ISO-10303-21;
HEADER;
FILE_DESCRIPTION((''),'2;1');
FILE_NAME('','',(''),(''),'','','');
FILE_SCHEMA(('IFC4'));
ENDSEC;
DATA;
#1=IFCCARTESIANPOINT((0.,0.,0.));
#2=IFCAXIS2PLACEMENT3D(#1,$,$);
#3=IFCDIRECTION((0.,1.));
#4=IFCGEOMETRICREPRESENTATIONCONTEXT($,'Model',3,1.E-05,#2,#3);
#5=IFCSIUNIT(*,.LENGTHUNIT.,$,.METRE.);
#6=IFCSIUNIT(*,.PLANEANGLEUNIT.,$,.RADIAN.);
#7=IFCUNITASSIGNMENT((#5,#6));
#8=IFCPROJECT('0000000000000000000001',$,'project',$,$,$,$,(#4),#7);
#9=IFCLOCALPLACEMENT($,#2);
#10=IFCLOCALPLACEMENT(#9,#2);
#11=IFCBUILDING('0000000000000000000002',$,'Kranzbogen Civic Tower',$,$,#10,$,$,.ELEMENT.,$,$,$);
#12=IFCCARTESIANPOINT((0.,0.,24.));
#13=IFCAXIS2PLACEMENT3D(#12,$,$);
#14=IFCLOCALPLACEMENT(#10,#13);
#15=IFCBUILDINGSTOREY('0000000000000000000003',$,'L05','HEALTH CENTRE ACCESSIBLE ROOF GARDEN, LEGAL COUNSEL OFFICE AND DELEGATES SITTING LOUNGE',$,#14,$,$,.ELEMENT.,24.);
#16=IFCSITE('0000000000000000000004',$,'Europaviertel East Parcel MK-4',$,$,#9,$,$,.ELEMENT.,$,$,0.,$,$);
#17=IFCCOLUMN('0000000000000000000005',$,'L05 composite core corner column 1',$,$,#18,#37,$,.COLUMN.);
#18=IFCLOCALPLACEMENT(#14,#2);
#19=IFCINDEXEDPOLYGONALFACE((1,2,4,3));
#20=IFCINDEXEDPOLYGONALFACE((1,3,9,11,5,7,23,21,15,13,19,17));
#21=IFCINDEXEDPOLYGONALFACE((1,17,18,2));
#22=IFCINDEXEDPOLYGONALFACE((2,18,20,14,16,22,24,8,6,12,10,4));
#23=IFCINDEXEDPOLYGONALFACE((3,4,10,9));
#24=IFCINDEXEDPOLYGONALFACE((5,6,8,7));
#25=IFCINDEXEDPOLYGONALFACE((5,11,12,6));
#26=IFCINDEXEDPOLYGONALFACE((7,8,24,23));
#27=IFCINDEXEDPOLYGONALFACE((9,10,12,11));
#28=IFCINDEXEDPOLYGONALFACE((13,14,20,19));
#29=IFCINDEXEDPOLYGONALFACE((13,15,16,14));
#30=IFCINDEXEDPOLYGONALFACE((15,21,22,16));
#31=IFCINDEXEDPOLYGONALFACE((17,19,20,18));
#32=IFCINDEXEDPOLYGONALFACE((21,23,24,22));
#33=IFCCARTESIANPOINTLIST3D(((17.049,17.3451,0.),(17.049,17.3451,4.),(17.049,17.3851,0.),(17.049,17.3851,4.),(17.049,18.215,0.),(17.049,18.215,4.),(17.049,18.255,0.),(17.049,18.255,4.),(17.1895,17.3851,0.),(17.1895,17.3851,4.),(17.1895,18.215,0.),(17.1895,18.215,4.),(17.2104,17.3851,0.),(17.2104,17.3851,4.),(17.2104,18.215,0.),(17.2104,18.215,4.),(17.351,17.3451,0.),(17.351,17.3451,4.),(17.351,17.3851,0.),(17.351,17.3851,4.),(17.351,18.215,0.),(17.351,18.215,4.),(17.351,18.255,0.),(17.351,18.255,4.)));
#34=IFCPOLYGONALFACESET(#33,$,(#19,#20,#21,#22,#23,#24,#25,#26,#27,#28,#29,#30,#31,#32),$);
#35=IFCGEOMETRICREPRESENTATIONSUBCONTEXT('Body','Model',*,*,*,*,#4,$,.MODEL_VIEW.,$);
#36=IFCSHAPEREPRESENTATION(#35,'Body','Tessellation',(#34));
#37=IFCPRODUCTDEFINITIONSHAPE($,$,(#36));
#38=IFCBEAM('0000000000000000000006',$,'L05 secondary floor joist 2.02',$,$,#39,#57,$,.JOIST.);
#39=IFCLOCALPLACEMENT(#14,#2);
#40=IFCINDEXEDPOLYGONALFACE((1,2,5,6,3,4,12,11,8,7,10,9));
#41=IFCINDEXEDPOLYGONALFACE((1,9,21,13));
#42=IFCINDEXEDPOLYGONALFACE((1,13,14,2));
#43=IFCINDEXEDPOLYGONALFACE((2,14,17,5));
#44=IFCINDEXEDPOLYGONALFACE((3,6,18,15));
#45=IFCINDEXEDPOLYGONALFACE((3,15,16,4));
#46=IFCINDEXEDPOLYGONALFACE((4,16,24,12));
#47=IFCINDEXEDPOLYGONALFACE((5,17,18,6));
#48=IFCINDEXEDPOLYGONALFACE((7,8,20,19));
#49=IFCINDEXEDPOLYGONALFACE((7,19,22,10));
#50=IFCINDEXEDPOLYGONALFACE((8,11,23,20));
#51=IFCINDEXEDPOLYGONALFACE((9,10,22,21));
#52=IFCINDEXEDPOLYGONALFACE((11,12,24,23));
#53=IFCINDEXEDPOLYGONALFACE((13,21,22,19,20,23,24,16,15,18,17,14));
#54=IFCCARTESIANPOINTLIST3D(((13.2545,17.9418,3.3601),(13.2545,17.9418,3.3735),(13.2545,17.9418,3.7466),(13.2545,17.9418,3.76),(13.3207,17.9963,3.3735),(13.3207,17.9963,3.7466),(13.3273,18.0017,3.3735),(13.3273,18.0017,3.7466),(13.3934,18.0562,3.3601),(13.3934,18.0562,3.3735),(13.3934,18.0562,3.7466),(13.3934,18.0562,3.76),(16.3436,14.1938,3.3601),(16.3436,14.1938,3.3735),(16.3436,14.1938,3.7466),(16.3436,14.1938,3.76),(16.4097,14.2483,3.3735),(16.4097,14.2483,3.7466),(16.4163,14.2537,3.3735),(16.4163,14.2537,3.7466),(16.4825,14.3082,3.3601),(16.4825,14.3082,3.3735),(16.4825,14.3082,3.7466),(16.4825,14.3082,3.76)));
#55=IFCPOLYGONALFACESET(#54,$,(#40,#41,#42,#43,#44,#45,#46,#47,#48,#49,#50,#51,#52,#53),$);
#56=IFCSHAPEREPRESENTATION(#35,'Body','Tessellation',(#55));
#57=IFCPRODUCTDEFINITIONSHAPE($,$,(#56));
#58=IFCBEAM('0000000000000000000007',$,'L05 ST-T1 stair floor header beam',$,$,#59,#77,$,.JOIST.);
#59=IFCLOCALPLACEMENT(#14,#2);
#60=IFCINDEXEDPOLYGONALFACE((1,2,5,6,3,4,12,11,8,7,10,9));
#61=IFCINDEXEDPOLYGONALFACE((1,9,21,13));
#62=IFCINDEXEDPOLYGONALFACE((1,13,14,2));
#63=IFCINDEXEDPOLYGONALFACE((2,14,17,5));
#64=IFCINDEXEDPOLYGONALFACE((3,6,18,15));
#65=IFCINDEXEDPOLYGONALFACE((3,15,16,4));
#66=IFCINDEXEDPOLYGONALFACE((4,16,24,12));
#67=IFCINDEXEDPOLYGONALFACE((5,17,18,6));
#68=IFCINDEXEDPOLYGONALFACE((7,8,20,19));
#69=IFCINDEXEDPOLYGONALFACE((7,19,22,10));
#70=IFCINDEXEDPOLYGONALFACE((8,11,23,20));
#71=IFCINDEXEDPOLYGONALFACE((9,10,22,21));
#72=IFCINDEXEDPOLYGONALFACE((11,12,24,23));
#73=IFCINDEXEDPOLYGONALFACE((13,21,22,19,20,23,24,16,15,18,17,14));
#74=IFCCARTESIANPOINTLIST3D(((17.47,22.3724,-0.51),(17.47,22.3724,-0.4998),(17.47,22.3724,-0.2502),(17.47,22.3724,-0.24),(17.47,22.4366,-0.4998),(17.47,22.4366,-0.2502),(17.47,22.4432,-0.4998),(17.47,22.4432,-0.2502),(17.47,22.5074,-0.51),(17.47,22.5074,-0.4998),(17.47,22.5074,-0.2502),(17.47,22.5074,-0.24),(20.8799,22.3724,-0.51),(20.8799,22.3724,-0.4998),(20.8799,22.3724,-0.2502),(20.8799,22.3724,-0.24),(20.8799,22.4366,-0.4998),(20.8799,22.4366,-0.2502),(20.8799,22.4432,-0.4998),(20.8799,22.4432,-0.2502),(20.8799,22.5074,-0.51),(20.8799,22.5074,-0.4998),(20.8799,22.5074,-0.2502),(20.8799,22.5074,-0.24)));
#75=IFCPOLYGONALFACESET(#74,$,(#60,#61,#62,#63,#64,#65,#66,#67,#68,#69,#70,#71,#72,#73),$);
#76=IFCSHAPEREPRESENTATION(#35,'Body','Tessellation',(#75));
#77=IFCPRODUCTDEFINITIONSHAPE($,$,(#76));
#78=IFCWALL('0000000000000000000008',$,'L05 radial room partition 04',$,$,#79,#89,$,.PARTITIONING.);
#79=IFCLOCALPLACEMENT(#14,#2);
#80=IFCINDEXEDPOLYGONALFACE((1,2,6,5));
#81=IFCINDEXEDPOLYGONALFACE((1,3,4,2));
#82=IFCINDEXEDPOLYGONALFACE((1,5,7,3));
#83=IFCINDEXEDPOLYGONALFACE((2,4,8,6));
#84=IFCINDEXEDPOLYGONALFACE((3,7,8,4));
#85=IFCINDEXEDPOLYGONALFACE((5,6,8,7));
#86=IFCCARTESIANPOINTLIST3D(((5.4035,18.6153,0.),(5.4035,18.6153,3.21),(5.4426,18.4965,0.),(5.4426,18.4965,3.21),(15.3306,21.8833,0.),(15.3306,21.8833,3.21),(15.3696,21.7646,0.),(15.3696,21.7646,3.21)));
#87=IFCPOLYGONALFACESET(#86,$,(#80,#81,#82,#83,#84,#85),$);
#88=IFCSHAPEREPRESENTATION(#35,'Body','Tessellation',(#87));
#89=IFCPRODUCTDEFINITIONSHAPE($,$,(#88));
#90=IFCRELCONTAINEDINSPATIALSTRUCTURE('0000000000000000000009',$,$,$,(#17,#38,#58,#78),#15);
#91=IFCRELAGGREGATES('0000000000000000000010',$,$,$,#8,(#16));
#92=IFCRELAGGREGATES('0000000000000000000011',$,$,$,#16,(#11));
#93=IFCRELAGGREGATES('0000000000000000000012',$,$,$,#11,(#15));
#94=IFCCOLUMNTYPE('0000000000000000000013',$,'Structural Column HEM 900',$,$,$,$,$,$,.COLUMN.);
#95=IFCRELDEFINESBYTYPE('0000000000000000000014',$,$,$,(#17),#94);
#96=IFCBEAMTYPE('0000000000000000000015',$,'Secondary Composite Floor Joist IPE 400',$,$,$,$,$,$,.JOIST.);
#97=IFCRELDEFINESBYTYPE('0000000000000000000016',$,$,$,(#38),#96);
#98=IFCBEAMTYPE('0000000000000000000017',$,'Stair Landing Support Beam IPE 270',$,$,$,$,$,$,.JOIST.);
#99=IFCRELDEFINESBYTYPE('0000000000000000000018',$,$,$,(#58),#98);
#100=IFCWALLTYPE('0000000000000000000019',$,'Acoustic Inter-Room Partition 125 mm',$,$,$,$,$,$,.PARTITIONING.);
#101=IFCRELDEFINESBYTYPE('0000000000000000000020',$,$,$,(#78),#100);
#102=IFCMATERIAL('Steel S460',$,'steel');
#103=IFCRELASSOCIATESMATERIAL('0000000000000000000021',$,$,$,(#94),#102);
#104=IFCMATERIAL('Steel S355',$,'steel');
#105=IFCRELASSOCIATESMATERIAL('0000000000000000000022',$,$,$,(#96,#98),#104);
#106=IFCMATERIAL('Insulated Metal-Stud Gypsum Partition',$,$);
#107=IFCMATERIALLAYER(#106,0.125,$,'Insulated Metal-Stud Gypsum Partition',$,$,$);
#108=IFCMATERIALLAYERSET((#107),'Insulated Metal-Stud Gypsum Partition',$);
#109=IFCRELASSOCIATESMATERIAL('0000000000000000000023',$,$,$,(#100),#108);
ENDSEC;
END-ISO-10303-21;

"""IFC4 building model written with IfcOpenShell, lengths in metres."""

from ifc_helpers import new_model, si_unit, direction, frame, frame_2d, origin, origin_2d, place, context, subcontext, project, spatial, rectangle, i_section, extrude, material, layer, layer_set, material_profile, profile_set, type_object, element, save


model = new_model("IFC4")

# Units and contexts
model_context = context("Model", 3, precision=1e-05, world=origin(), true_north=direction((0.0, 1.0)))
body_context = subcontext(model_context, "Body", "Model", "MODEL_VIEW")
ifc_project = project(units=[si_unit("LENGTHUNIT", "METRE"), si_unit("PLANEANGLEUNIT", "RADIAN")], contexts=[model_context])

# Site, building, storey
site_placement = place(None, origin())
site = spatial("IfcSite", under=ifc_project, at=site_placement, Name="Europaviertel East Parcel MK-4", CompositionType="ELEMENT", RefElevation=0.0)
building_placement = place(site_placement, origin())
building = spatial("IfcBuilding", under=site, at=building_placement, Name="Kranzbogen Civic Tower", CompositionType="ELEMENT")
storey_placement = place(building_placement, frame((0.0, 0.0, 24.0)))
storey = spatial("IfcBuildingStorey", under=building, at=storey_placement, Name="L05", Description="HEALTH CENTRE ACCESSIBLE ROOF GARDEN, LEGAL COUNSEL OFFICE AND DELEGATES SITTING LOUNGE", CompositionType="ELEMENT", Elevation=24.0)

# Column
ifc_material_1 = material(Name="Steel S460", Category="steel")
ifc_material_profile_1 = material_profile(ifc_material_1, i_section(OverallWidth=0.302, OverallDepth=0.9099, WebThickness=0.021, FlangeThickness=0.04, at=origin_2d()), Name="HEM 900")
ifc_profile_set_1 = profile_set([ifc_material_profile_1], Name="Steel S460")
column_type = type_object("IfcColumnType", Name="Structural Column HEM 900", PredefinedType="COLUMN", material=ifc_profile_set_1)
column_placement = place(storey_placement, frame((17.2, 17.8, 0.0), z_axis=(0.0, 0.0, 1.0), x_axis=(1.0, 0.0, 0.0)))
element("IfcColumn", 1, at=column_placement, inside=storey, type_object=column_type, Name="L05 composite core corner column 1", PredefinedType="COLUMN", context=body_context, shape_type="SweptSolid", body=[
    extrude(i_section(OverallWidth=0.302, OverallDepth=0.9099, WebThickness=0.021, FlangeThickness=0.04, at=origin_2d()), origin(), (0.0, 0.0, 1.0), 4.0),
])

# Beams
ifc_material_2 = material(Name="Steel S355", Category="steel")
ifc_material_profile_2 = material_profile(ifc_material_2, i_section(OverallWidth=0.1799, OverallDepth=0.3999, WebThickness=0.0085, FlangeThickness=0.0134, at=origin_2d()), Name="IPE 400")
ifc_profile_set_2 = profile_set([ifc_material_profile_2], Name="Steel S355")
beam_type_1 = type_object("IfcBeamType", Name="Secondary Composite Floor Joist IPE 400", PredefinedType="JOIST", material=ifc_profile_set_2)
beam_1_placement = place(storey_placement, frame((13.324, 17.999, 3.5601), z_axis=(0.636012, -0.771679, 0.0), x_axis=(0.771679, 0.636012, 0.0)))
element("IfcBeam", 2, at=beam_1_placement, inside=storey, type_object=beam_type_1, Name="L05 secondary floor joist 2.02", PredefinedType="JOIST", context=body_context, shape_type="SweptSolid", body=[
    extrude(i_section(OverallWidth=0.1799, OverallDepth=0.3999, WebThickness=0.0085, FlangeThickness=0.0134, at=origin_2d()), origin(), (0.0, 0.0, 1.0), 4.8569),
])
ifc_material_profile_3 = material_profile(ifc_material_2, i_section(OverallWidth=0.135, OverallDepth=0.27, WebThickness=0.0066, FlangeThickness=0.0103, at=origin_2d()), Name="IPE 270")
ifc_profile_set_3 = profile_set([ifc_material_profile_3], Name="Steel S355")
beam_type_2 = type_object("IfcBeamType", Name="Stair Landing Support Beam IPE 270", PredefinedType="JOIST", material=ifc_profile_set_3)
beam_2_placement = place(storey_placement, frame((20.8799, 22.4399, -0.375), z_axis=(-1.0, 0.0, 0.0), x_axis=(0.0, -1.0, 0.0)))
element("IfcBeam", 3, at=beam_2_placement, inside=storey, type_object=beam_type_2, Name="L05 ST-T1 stair floor header beam", PredefinedType="JOIST", context=body_context, shape_type="SweptSolid", body=[
    extrude(i_section(OverallWidth=0.135, OverallDepth=0.27, WebThickness=0.0066, FlangeThickness=0.0103, at=origin_2d()), origin(), (0.0, 0.0, 1.0), 3.4099),
])

# Wall
ifc_material_3 = material(Name="Insulated Metal-Stud Gypsum Partition")
ifc_layer_1 = layer(ifc_material_3, 0.125, Name="Insulated Metal-Stud Gypsum Partition")
ifc_layer_set_1 = layer_set([ifc_layer_1], Name="Insulated Metal-Stud Gypsum Partition")
wall_type_1 = type_object("IfcWallType", Name="Acoustic Inter-Room Partition 125 mm", PredefinedType="PARTITIONING", material=ifc_layer_set_1)
wall_1_placement = place(storey_placement, frame((15.3501, 21.824, 0.0), z_axis=(0.0, 0.0, 1.0), x_axis=(-0.949852, -0.312701, 0.0)))
element("IfcWall", 4, at=wall_1_placement, inside=storey, type_object=wall_type_1, Name="L05 radial room partition 04", PredefinedType="PARTITIONING", context=body_context, shape_type="SweptSolid", body=[
    extrude(rectangle(XDim=10.4512, YDim=0.125, at=frame_2d((5.2256, 0.0))), origin(), (0.0, 0.0, 1.0), 3.21),
])

save(model, "model.ifc")
